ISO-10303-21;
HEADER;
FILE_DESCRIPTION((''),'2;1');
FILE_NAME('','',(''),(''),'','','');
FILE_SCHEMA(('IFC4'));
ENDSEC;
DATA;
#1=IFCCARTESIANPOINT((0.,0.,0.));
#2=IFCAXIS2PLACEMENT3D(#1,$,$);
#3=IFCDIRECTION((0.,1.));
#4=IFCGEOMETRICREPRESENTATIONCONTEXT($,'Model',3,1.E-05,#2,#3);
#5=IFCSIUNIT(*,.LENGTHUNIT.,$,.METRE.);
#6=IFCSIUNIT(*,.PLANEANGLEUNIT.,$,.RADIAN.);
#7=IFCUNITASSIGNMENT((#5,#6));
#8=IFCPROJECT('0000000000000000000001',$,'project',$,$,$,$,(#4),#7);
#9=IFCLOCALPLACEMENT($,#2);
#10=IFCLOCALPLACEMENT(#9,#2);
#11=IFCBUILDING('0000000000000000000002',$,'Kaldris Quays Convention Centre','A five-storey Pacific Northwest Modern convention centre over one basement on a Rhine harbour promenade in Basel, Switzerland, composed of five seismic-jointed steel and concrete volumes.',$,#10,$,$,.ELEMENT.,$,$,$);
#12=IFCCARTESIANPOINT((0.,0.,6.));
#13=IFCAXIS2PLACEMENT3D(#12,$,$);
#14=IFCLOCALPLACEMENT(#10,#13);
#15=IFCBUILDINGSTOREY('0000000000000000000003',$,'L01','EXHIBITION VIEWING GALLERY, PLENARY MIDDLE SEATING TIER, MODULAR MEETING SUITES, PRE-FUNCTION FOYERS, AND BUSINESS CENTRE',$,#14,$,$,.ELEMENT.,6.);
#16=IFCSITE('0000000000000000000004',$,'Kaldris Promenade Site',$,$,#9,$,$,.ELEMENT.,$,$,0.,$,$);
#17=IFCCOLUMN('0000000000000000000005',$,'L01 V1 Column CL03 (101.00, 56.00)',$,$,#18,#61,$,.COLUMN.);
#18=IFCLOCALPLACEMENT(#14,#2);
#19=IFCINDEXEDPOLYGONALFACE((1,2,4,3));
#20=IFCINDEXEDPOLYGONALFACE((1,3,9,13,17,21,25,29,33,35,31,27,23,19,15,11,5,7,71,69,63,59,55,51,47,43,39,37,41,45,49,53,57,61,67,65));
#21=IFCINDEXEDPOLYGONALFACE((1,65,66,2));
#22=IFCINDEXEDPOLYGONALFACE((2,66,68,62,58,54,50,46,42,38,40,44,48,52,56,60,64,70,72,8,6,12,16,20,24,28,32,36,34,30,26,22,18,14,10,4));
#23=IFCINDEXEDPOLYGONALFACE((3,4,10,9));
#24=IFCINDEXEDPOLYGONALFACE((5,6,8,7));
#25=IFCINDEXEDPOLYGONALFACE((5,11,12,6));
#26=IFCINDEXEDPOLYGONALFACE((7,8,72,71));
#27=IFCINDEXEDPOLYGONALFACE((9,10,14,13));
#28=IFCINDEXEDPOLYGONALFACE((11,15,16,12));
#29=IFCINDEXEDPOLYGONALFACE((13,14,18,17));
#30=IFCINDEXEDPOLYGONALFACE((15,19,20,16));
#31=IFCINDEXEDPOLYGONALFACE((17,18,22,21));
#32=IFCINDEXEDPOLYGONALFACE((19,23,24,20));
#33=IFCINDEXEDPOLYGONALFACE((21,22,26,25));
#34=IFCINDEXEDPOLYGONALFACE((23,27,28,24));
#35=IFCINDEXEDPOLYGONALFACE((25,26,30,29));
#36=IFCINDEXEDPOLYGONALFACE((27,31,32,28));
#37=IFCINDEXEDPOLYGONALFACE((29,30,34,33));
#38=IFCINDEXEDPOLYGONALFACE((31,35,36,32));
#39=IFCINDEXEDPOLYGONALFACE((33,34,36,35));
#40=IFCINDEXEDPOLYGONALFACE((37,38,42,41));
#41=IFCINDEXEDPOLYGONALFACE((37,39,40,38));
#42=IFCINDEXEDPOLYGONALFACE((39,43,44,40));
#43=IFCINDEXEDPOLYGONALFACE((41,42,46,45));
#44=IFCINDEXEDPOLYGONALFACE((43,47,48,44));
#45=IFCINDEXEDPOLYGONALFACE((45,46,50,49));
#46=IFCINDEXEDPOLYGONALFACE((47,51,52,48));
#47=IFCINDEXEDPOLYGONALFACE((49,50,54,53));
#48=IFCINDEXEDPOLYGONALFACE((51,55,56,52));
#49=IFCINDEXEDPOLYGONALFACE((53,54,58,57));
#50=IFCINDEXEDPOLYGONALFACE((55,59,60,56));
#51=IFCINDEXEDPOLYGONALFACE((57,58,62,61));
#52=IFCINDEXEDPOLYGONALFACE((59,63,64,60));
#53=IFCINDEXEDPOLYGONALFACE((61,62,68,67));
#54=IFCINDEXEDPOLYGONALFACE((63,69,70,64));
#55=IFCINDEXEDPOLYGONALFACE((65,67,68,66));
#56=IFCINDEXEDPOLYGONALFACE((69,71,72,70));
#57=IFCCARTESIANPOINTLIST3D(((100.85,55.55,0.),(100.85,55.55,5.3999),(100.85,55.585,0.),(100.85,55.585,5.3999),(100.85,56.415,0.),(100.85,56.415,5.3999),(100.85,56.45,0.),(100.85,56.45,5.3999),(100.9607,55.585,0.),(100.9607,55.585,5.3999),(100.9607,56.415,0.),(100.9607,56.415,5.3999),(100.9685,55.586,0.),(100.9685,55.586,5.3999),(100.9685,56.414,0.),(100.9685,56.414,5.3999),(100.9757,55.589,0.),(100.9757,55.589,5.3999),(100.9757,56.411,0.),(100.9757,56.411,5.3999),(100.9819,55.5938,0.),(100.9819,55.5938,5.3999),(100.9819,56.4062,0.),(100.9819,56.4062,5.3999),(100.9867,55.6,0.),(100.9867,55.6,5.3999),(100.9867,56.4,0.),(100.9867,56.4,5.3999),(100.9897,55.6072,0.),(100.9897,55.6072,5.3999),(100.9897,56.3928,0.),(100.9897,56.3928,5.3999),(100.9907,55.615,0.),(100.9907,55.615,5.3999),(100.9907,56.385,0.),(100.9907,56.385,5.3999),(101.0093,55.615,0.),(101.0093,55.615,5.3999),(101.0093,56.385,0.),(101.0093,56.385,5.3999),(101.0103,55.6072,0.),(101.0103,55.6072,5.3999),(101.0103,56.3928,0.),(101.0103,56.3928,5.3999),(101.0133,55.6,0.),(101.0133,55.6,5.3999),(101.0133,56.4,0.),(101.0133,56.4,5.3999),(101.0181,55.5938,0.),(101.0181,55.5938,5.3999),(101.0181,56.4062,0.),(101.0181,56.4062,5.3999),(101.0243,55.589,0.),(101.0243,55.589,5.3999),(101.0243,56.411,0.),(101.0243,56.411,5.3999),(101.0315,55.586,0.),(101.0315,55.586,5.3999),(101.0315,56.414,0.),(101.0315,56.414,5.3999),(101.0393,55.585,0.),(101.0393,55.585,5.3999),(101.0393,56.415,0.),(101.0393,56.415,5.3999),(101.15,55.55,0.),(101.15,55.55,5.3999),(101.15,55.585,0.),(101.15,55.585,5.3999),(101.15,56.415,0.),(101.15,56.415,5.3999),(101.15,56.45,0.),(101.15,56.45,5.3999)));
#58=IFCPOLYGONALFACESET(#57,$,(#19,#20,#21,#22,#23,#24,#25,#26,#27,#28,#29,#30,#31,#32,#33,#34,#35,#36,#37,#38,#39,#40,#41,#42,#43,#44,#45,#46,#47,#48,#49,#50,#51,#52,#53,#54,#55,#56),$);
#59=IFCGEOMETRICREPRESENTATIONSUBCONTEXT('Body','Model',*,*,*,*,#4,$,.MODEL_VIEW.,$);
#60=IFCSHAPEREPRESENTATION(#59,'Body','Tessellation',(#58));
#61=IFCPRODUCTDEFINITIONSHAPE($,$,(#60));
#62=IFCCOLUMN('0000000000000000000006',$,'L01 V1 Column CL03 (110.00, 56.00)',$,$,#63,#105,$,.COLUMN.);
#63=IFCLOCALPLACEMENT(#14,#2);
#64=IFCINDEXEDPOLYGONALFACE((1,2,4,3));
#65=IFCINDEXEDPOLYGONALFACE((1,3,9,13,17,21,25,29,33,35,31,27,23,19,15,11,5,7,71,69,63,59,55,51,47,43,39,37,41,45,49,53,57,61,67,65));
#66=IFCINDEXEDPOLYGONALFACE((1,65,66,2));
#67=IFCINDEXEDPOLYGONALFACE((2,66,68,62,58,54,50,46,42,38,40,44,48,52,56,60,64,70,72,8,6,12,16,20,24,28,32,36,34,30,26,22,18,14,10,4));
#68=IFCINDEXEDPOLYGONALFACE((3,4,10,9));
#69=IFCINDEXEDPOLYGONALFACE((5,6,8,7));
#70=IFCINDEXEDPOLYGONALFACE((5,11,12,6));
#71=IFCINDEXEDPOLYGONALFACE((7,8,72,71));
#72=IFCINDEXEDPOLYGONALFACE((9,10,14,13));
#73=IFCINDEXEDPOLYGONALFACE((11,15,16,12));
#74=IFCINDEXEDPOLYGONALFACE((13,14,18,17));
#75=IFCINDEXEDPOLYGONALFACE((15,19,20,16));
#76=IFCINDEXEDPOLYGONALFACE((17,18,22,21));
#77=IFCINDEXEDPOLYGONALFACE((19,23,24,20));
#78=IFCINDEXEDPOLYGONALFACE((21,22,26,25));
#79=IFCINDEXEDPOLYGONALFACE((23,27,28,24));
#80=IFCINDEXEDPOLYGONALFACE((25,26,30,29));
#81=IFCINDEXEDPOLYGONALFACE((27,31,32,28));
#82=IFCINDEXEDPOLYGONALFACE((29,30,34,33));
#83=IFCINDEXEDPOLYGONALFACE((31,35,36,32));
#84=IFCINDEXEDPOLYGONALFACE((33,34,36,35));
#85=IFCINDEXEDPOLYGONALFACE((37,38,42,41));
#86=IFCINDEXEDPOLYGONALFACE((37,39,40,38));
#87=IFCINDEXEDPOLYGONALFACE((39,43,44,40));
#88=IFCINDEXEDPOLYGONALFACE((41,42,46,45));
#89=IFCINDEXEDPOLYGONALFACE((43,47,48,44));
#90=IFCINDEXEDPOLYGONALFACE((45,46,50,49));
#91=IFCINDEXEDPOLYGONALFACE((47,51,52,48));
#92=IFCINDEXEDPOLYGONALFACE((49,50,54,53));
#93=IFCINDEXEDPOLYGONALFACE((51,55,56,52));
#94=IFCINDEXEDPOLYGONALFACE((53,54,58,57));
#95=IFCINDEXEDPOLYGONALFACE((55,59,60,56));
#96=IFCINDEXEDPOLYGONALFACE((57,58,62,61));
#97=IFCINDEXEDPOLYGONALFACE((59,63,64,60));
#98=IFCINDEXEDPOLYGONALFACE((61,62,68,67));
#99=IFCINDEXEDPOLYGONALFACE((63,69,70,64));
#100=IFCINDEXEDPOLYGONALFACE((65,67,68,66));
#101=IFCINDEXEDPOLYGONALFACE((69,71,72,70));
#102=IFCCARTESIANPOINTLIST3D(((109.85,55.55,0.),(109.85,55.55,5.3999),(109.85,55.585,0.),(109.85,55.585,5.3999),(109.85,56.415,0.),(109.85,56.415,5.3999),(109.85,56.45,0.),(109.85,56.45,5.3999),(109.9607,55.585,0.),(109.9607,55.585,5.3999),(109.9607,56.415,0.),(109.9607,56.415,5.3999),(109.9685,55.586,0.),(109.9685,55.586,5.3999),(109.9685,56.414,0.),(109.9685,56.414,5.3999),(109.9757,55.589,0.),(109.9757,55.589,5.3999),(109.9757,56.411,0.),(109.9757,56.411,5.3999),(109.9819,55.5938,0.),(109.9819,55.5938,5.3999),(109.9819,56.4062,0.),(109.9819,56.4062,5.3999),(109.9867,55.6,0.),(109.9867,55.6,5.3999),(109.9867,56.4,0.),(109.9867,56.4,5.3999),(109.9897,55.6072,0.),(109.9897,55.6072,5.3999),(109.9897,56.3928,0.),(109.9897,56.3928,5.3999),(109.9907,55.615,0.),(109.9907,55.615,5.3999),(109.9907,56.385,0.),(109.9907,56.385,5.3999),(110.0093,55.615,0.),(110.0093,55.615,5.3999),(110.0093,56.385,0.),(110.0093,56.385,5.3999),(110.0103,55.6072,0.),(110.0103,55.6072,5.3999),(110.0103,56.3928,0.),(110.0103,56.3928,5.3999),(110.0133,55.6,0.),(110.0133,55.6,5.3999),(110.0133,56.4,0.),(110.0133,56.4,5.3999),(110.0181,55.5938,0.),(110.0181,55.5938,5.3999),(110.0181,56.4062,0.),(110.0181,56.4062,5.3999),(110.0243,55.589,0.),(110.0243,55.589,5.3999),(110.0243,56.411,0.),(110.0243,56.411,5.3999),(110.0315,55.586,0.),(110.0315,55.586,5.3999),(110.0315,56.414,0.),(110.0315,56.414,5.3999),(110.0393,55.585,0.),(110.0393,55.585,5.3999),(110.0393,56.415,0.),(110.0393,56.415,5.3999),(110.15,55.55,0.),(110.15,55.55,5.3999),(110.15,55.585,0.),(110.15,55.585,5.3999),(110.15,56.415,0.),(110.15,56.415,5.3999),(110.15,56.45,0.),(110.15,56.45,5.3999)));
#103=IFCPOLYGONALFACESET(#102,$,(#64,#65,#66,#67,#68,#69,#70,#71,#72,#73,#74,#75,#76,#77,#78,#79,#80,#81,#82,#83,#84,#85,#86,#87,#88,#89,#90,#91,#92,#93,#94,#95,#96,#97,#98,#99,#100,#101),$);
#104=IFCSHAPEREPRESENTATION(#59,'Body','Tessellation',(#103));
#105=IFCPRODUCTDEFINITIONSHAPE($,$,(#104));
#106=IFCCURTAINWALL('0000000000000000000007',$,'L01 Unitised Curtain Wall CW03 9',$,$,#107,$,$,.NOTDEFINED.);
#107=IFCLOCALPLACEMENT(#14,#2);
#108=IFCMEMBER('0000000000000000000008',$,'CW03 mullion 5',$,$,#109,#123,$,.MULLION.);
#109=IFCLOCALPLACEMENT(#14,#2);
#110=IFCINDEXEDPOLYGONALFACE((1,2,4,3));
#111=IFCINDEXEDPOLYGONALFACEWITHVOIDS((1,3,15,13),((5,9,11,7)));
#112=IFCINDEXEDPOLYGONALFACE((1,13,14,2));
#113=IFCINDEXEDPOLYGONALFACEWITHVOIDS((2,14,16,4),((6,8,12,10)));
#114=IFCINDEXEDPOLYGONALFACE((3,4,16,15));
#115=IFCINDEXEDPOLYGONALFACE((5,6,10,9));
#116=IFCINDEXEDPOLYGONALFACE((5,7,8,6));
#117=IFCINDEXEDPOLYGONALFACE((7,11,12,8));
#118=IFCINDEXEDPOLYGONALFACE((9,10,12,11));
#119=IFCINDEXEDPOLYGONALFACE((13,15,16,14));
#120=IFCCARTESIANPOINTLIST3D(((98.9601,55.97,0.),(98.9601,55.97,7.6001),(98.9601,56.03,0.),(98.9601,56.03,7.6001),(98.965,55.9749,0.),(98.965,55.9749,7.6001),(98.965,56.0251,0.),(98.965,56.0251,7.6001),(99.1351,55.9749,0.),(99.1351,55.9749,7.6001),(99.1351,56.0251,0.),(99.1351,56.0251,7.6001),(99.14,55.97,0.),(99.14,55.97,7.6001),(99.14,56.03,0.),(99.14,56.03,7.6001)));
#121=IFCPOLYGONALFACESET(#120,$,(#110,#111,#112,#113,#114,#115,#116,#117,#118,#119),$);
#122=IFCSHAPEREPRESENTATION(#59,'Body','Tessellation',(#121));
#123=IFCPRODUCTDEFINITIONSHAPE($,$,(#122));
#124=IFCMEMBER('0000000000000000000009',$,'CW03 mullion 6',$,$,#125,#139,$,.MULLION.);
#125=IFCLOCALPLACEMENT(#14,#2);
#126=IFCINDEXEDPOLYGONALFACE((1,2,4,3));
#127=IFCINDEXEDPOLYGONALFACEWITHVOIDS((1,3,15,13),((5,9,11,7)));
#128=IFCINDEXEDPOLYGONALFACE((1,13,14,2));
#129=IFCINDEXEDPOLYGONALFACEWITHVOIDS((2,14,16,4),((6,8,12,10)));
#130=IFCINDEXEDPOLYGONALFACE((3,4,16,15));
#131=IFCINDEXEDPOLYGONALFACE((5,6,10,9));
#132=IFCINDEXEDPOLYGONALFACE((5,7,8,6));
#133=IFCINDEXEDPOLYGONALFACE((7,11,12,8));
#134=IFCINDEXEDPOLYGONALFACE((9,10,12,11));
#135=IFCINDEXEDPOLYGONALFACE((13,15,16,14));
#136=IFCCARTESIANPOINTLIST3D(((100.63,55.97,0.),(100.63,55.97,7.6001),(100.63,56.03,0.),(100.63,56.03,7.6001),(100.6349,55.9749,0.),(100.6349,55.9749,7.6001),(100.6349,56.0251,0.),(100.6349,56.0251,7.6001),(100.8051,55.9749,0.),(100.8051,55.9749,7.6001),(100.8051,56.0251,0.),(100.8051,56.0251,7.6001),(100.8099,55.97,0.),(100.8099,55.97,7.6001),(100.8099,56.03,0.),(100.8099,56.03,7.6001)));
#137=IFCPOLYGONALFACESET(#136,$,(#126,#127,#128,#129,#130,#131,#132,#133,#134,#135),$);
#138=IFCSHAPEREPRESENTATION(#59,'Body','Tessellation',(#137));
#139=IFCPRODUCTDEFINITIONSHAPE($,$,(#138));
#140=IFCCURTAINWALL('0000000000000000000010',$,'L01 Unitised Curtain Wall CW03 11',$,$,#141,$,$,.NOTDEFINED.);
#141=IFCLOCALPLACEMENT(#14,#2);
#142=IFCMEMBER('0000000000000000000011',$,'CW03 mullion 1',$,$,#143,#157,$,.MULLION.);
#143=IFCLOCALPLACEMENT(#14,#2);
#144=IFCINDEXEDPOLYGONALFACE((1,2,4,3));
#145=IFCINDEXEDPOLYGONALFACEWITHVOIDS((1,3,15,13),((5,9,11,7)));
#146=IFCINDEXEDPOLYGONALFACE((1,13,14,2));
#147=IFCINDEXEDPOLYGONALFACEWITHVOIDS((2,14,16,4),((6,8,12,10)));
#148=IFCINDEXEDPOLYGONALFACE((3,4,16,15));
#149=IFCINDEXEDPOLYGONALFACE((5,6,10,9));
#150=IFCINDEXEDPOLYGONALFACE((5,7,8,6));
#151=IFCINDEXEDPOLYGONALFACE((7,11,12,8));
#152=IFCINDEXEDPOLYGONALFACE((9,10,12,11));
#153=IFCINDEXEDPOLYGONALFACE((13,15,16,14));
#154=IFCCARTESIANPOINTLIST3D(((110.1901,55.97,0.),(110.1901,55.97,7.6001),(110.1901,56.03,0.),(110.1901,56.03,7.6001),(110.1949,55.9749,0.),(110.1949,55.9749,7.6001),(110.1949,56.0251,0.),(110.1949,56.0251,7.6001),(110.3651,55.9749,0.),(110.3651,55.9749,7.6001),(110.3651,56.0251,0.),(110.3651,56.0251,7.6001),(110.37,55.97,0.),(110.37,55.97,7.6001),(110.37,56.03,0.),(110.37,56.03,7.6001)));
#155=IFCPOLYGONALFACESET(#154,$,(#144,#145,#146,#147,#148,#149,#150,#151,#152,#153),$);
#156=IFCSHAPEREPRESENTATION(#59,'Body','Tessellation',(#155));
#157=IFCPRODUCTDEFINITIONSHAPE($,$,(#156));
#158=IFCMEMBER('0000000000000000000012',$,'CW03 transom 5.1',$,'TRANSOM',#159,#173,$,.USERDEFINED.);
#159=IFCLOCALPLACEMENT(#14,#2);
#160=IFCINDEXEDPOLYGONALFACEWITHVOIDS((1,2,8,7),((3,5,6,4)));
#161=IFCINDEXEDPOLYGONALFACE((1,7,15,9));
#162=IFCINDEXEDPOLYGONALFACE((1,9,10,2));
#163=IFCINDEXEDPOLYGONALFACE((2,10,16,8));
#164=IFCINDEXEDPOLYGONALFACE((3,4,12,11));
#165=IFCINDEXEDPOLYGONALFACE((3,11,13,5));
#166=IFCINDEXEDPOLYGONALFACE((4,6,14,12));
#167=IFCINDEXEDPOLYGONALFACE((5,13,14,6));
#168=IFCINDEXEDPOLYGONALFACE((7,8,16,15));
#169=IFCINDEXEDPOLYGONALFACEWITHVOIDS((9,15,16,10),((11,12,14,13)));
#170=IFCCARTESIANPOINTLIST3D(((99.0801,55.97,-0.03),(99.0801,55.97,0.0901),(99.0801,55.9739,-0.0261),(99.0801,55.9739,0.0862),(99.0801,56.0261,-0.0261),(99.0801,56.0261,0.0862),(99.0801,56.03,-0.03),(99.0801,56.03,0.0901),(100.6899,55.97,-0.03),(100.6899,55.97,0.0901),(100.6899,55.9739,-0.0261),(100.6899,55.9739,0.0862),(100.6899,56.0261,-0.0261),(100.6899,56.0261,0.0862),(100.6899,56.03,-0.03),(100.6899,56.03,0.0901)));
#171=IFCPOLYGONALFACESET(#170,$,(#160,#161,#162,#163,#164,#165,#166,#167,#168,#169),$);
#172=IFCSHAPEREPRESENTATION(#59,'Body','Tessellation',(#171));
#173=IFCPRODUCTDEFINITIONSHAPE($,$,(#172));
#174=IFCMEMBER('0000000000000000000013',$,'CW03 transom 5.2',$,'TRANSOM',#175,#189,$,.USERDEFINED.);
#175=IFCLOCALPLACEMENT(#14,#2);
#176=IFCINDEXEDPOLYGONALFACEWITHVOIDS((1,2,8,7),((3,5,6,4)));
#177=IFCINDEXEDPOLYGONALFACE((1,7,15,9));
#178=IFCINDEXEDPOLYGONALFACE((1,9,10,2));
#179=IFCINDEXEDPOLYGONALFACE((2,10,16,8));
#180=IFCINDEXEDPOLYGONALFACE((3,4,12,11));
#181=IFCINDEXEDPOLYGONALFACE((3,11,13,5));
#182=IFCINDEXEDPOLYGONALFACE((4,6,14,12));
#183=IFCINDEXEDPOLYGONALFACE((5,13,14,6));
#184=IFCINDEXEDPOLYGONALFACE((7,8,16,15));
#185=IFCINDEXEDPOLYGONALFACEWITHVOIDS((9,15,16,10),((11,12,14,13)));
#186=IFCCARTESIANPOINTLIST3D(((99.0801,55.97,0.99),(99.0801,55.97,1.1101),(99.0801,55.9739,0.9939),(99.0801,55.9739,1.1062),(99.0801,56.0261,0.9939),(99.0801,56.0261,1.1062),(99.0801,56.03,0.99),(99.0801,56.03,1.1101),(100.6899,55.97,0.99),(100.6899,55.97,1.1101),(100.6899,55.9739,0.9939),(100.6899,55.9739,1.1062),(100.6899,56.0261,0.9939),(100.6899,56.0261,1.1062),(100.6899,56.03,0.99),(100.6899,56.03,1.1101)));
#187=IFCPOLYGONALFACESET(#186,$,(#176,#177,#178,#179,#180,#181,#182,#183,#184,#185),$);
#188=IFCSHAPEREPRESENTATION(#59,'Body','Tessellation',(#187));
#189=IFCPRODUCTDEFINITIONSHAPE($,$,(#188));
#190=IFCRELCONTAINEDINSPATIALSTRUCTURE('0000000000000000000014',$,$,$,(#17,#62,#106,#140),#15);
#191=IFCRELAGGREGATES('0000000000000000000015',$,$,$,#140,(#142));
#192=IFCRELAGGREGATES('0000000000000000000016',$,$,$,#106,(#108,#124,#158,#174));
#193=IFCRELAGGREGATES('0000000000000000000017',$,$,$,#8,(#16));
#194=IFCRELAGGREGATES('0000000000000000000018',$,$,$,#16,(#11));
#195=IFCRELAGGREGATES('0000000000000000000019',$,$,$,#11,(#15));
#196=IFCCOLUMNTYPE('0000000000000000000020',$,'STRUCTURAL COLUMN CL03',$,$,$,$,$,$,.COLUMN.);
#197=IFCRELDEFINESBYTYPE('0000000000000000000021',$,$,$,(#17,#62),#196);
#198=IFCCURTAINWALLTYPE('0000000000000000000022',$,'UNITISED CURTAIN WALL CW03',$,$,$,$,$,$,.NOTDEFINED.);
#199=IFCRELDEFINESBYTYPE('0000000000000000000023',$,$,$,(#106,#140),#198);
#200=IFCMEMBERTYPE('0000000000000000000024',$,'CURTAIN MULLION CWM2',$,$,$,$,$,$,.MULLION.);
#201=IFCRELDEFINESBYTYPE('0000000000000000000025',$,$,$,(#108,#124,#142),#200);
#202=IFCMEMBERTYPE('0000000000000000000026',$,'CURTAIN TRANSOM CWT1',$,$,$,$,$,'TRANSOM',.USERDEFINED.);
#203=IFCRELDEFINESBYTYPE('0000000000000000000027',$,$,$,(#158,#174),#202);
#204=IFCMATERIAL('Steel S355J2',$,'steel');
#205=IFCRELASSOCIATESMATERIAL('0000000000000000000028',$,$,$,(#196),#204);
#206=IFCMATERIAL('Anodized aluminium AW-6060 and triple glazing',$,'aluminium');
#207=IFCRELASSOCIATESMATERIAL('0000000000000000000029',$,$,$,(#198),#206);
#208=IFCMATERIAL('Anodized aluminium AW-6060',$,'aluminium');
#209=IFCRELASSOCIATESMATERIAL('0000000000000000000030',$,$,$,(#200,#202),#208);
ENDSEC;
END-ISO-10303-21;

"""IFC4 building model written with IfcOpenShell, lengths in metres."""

from ifc_helpers import new_model, si_unit, direction, frame, origin, origin_2d, place, context, subcontext, project, spatial, hollow_rectangle, i_section, extrude, material, material_profile, profile_set, type_object, element, aggregate, save


model = new_model("IFC4")

# Units and contexts
model_context = context("Model", 3, precision=1e-05, world=origin(), true_north=direction((0.0, 1.0)))
body_context = subcontext(model_context, "Body", "Model", "MODEL_VIEW")
ifc_project = project(units=[si_unit("LENGTHUNIT", "METRE"), si_unit("PLANEANGLEUNIT", "RADIAN")], contexts=[model_context])

# Site, building, storey
site_placement = place(None, origin())
site = spatial("IfcSite", under=ifc_project, at=site_placement, Name="Kaldris Promenade Site", CompositionType="ELEMENT", RefElevation=0.0)
building_placement = place(site_placement, origin())
building = spatial("IfcBuilding", under=site, at=building_placement, Name="Kaldris Quays Convention Centre", Description="A five-storey Pacific Northwest Modern convention centre over one basement on a Rhine harbour promenade in Basel, Switzerland, composed of five seismic-jointed steel and concrete volumes.", CompositionType="ELEMENT")
storey_placement = place(building_placement, frame((0.0, 0.0, 6.0)))
storey = spatial("IfcBuildingStorey", under=building, at=storey_placement, Name="L01", Description="EXHIBITION VIEWING GALLERY, PLENARY MIDDLE SEATING TIER, MODULAR MEETING SUITES, PRE-FUNCTION FOYERS, AND BUSINESS CENTRE", CompositionType="ELEMENT", Elevation=6.0)

# Columns
ifc_material_1 = material(Name="Steel S355J2", Category="steel")
ifc_material_profile_1 = material_profile(ifc_material_1, i_section(OverallWidth=0.3, OverallDepth=0.8999, WebThickness=0.0186, FlangeThickness=0.0349, FilletRadius=0.03, at=origin_2d()), Name="HEB 900")
ifc_profile_set_1 = profile_set([ifc_material_profile_1], Name="Steel S355J2")
column_type = type_object("IfcColumnType", Name="STRUCTURAL COLUMN CL03", PredefinedType="COLUMN", material=ifc_profile_set_1)
for number, where, z_axis, x_axis, name in (
    (1, (101.0, 56.0, 0.0), (0.0, 0.0, 1.0), (1.0, 0.0, 0.0), "L01 V1 Column CL03 (101.00, 56.00)"),
    (2, (110.0, 56.0, 0.0), (0.0, 0.0, 1.0), (1.0, 0.0, 0.0), "L01 V1 Column CL03 (110.00, 56.00)"),
):
    element("IfcColumn", number, at=place(storey_placement, frame(where, z_axis=z_axis, x_axis=x_axis)), inside=storey, type_object=column_type, Name=name, PredefinedType="COLUMN", context=body_context, shape_type="SweptSolid", body=[
        extrude(i_section(OverallWidth=0.3, OverallDepth=0.8999, WebThickness=0.0186, FlangeThickness=0.0349, FilletRadius=0.03, at=origin_2d()), origin(), (0.0, 0.0, 1.0), 5.3999),
    ])

# Curtain wall, members
ifc_material_2 = material(Name="Anodized aluminium AW-6060 and triple glazing", Category="aluminium")
curtain_wall_type = type_object("IfcCurtainWallType", Name="UNITISED CURTAIN WALL CW03", PredefinedType="NOTDEFINED", material=ifc_material_2)
curtain_wall_1_placement = place(storey_placement, origin())
curtain_wall_1 = element("IfcCurtainWall", 3, at=curtain_wall_1_placement, inside=storey, type_object=curtain_wall_type, Name="L01 Unitised Curtain Wall CW03 9", PredefinedType="NOTDEFINED")
ifc_material_3 = material(Name="Anodized aluminium AW-6060", Category="aluminium")
ifc_material_profile_2 = material_profile(ifc_material_3, hollow_rectangle(XDim=0.0601, YDim=0.1799, WallThickness=0.0049, at=origin_2d()), Name="RHS 180x60x5")
ifc_profile_set_2 = profile_set([ifc_material_profile_2], Name="Anodized aluminium AW-6060")
member_type_1 = type_object("IfcMemberType", Name="CURTAIN MULLION CWM2", PredefinedType="MULLION", material=ifc_profile_set_2)
member_1_placement = place(storey_placement, frame((99.05, 56.0, 0.0), z_axis=(0.0, 0.0, 1.0), x_axis=(0.0, 1.0, 0.0)))
member_1 = element("IfcMember", 4, at=member_1_placement, type_object=member_type_1, Name="CW03 mullion 5", PredefinedType="MULLION", context=body_context, shape_type="SweptSolid", body=[
    extrude(hollow_rectangle(XDim=0.0601, YDim=0.1799, WallThickness=0.0049, at=origin_2d()), origin(), (0.0, 0.0, 1.0), 7.6001),
])
member_2_placement = place(storey_placement, frame((100.72, 56.0, 0.0), z_axis=(0.0, 0.0, 1.0), x_axis=(0.0, 1.0, 0.0)))
member_2 = element("IfcMember", 5, at=member_2_placement, type_object=member_type_1, Name="CW03 mullion 6", PredefinedType="MULLION", context=body_context, shape_type="SweptSolid", body=[
    extrude(hollow_rectangle(XDim=0.0601, YDim=0.1799, WallThickness=0.0049, at=origin_2d()), origin(), (0.0, 0.0, 1.0), 7.6001),
])

# Curtain wall, member
curtain_wall_2_placement = place(storey_placement, origin())
curtain_wall_2 = element("IfcCurtainWall", 6, at=curtain_wall_2_placement, inside=storey, type_object=curtain_wall_type, Name="L01 Unitised Curtain Wall CW03 11", PredefinedType="NOTDEFINED")
member_3_placement = place(storey_placement, frame((110.28, 56.0, 0.0), z_axis=(0.0, 0.0, 1.0), x_axis=(0.0, 1.0, 0.0)))
member_3 = element("IfcMember", 7, at=member_3_placement, type_object=member_type_1, Name="CW03 mullion 1", PredefinedType="MULLION", context=body_context, shape_type="SweptSolid", body=[
    extrude(hollow_rectangle(XDim=0.0601, YDim=0.1799, WallThickness=0.0049, at=origin_2d()), origin(), (0.0, 0.0, 1.0), 7.6001),
])

# Members
ifc_material_profile_3 = material_profile(ifc_material_3, hollow_rectangle(XDim=0.0601, YDim=0.1201, WallThickness=0.0039, at=origin_2d()), Name="RHS 120x60x4")
ifc_profile_set_3 = profile_set([ifc_material_profile_3], Name="Anodized aluminium AW-6060")
member_type_2 = type_object("IfcMemberType", Name="CURTAIN TRANSOM CWT1", ElementType="TRANSOM", PredefinedType="USERDEFINED", material=ifc_profile_set_3)
member_4_placement = place(storey_placement, frame((99.0801, 56.0, 0.03), z_axis=(1.0, 0.0, 0.0), x_axis=(0.0, 1.0, 0.0)))
member_4 = element("IfcMember", 8, at=member_4_placement, type_object=member_type_2, Name="CW03 transom 5.1", ObjectType="TRANSOM", PredefinedType="USERDEFINED", context=body_context, shape_type="SweptSolid", body=[
    extrude(hollow_rectangle(XDim=0.0601, YDim=0.1201, WallThickness=0.0039, at=origin_2d()), origin(), (0.0, 0.0, 1.0), 1.6099),
])
member_5_placement = place(storey_placement, frame((99.0801, 56.0, 1.05), z_axis=(1.0, 0.0, 0.0), x_axis=(0.0, 1.0, 0.0)))
member_5 = element("IfcMember", 9, at=member_5_placement, type_object=member_type_2, Name="CW03 transom 5.2", ObjectType="TRANSOM", PredefinedType="USERDEFINED", context=body_context, shape_type="SweptSolid", body=[
    extrude(hollow_rectangle(XDim=0.0601, YDim=0.1201, WallThickness=0.0039, at=origin_2d()), origin(), (0.0, 0.0, 1.0), 1.6099),
])
aggregate(curtain_wall_2, [member_3])

aggregate(curtain_wall_1, [member_1, member_2, member_4, member_5])

save(model, "model.ifc")
